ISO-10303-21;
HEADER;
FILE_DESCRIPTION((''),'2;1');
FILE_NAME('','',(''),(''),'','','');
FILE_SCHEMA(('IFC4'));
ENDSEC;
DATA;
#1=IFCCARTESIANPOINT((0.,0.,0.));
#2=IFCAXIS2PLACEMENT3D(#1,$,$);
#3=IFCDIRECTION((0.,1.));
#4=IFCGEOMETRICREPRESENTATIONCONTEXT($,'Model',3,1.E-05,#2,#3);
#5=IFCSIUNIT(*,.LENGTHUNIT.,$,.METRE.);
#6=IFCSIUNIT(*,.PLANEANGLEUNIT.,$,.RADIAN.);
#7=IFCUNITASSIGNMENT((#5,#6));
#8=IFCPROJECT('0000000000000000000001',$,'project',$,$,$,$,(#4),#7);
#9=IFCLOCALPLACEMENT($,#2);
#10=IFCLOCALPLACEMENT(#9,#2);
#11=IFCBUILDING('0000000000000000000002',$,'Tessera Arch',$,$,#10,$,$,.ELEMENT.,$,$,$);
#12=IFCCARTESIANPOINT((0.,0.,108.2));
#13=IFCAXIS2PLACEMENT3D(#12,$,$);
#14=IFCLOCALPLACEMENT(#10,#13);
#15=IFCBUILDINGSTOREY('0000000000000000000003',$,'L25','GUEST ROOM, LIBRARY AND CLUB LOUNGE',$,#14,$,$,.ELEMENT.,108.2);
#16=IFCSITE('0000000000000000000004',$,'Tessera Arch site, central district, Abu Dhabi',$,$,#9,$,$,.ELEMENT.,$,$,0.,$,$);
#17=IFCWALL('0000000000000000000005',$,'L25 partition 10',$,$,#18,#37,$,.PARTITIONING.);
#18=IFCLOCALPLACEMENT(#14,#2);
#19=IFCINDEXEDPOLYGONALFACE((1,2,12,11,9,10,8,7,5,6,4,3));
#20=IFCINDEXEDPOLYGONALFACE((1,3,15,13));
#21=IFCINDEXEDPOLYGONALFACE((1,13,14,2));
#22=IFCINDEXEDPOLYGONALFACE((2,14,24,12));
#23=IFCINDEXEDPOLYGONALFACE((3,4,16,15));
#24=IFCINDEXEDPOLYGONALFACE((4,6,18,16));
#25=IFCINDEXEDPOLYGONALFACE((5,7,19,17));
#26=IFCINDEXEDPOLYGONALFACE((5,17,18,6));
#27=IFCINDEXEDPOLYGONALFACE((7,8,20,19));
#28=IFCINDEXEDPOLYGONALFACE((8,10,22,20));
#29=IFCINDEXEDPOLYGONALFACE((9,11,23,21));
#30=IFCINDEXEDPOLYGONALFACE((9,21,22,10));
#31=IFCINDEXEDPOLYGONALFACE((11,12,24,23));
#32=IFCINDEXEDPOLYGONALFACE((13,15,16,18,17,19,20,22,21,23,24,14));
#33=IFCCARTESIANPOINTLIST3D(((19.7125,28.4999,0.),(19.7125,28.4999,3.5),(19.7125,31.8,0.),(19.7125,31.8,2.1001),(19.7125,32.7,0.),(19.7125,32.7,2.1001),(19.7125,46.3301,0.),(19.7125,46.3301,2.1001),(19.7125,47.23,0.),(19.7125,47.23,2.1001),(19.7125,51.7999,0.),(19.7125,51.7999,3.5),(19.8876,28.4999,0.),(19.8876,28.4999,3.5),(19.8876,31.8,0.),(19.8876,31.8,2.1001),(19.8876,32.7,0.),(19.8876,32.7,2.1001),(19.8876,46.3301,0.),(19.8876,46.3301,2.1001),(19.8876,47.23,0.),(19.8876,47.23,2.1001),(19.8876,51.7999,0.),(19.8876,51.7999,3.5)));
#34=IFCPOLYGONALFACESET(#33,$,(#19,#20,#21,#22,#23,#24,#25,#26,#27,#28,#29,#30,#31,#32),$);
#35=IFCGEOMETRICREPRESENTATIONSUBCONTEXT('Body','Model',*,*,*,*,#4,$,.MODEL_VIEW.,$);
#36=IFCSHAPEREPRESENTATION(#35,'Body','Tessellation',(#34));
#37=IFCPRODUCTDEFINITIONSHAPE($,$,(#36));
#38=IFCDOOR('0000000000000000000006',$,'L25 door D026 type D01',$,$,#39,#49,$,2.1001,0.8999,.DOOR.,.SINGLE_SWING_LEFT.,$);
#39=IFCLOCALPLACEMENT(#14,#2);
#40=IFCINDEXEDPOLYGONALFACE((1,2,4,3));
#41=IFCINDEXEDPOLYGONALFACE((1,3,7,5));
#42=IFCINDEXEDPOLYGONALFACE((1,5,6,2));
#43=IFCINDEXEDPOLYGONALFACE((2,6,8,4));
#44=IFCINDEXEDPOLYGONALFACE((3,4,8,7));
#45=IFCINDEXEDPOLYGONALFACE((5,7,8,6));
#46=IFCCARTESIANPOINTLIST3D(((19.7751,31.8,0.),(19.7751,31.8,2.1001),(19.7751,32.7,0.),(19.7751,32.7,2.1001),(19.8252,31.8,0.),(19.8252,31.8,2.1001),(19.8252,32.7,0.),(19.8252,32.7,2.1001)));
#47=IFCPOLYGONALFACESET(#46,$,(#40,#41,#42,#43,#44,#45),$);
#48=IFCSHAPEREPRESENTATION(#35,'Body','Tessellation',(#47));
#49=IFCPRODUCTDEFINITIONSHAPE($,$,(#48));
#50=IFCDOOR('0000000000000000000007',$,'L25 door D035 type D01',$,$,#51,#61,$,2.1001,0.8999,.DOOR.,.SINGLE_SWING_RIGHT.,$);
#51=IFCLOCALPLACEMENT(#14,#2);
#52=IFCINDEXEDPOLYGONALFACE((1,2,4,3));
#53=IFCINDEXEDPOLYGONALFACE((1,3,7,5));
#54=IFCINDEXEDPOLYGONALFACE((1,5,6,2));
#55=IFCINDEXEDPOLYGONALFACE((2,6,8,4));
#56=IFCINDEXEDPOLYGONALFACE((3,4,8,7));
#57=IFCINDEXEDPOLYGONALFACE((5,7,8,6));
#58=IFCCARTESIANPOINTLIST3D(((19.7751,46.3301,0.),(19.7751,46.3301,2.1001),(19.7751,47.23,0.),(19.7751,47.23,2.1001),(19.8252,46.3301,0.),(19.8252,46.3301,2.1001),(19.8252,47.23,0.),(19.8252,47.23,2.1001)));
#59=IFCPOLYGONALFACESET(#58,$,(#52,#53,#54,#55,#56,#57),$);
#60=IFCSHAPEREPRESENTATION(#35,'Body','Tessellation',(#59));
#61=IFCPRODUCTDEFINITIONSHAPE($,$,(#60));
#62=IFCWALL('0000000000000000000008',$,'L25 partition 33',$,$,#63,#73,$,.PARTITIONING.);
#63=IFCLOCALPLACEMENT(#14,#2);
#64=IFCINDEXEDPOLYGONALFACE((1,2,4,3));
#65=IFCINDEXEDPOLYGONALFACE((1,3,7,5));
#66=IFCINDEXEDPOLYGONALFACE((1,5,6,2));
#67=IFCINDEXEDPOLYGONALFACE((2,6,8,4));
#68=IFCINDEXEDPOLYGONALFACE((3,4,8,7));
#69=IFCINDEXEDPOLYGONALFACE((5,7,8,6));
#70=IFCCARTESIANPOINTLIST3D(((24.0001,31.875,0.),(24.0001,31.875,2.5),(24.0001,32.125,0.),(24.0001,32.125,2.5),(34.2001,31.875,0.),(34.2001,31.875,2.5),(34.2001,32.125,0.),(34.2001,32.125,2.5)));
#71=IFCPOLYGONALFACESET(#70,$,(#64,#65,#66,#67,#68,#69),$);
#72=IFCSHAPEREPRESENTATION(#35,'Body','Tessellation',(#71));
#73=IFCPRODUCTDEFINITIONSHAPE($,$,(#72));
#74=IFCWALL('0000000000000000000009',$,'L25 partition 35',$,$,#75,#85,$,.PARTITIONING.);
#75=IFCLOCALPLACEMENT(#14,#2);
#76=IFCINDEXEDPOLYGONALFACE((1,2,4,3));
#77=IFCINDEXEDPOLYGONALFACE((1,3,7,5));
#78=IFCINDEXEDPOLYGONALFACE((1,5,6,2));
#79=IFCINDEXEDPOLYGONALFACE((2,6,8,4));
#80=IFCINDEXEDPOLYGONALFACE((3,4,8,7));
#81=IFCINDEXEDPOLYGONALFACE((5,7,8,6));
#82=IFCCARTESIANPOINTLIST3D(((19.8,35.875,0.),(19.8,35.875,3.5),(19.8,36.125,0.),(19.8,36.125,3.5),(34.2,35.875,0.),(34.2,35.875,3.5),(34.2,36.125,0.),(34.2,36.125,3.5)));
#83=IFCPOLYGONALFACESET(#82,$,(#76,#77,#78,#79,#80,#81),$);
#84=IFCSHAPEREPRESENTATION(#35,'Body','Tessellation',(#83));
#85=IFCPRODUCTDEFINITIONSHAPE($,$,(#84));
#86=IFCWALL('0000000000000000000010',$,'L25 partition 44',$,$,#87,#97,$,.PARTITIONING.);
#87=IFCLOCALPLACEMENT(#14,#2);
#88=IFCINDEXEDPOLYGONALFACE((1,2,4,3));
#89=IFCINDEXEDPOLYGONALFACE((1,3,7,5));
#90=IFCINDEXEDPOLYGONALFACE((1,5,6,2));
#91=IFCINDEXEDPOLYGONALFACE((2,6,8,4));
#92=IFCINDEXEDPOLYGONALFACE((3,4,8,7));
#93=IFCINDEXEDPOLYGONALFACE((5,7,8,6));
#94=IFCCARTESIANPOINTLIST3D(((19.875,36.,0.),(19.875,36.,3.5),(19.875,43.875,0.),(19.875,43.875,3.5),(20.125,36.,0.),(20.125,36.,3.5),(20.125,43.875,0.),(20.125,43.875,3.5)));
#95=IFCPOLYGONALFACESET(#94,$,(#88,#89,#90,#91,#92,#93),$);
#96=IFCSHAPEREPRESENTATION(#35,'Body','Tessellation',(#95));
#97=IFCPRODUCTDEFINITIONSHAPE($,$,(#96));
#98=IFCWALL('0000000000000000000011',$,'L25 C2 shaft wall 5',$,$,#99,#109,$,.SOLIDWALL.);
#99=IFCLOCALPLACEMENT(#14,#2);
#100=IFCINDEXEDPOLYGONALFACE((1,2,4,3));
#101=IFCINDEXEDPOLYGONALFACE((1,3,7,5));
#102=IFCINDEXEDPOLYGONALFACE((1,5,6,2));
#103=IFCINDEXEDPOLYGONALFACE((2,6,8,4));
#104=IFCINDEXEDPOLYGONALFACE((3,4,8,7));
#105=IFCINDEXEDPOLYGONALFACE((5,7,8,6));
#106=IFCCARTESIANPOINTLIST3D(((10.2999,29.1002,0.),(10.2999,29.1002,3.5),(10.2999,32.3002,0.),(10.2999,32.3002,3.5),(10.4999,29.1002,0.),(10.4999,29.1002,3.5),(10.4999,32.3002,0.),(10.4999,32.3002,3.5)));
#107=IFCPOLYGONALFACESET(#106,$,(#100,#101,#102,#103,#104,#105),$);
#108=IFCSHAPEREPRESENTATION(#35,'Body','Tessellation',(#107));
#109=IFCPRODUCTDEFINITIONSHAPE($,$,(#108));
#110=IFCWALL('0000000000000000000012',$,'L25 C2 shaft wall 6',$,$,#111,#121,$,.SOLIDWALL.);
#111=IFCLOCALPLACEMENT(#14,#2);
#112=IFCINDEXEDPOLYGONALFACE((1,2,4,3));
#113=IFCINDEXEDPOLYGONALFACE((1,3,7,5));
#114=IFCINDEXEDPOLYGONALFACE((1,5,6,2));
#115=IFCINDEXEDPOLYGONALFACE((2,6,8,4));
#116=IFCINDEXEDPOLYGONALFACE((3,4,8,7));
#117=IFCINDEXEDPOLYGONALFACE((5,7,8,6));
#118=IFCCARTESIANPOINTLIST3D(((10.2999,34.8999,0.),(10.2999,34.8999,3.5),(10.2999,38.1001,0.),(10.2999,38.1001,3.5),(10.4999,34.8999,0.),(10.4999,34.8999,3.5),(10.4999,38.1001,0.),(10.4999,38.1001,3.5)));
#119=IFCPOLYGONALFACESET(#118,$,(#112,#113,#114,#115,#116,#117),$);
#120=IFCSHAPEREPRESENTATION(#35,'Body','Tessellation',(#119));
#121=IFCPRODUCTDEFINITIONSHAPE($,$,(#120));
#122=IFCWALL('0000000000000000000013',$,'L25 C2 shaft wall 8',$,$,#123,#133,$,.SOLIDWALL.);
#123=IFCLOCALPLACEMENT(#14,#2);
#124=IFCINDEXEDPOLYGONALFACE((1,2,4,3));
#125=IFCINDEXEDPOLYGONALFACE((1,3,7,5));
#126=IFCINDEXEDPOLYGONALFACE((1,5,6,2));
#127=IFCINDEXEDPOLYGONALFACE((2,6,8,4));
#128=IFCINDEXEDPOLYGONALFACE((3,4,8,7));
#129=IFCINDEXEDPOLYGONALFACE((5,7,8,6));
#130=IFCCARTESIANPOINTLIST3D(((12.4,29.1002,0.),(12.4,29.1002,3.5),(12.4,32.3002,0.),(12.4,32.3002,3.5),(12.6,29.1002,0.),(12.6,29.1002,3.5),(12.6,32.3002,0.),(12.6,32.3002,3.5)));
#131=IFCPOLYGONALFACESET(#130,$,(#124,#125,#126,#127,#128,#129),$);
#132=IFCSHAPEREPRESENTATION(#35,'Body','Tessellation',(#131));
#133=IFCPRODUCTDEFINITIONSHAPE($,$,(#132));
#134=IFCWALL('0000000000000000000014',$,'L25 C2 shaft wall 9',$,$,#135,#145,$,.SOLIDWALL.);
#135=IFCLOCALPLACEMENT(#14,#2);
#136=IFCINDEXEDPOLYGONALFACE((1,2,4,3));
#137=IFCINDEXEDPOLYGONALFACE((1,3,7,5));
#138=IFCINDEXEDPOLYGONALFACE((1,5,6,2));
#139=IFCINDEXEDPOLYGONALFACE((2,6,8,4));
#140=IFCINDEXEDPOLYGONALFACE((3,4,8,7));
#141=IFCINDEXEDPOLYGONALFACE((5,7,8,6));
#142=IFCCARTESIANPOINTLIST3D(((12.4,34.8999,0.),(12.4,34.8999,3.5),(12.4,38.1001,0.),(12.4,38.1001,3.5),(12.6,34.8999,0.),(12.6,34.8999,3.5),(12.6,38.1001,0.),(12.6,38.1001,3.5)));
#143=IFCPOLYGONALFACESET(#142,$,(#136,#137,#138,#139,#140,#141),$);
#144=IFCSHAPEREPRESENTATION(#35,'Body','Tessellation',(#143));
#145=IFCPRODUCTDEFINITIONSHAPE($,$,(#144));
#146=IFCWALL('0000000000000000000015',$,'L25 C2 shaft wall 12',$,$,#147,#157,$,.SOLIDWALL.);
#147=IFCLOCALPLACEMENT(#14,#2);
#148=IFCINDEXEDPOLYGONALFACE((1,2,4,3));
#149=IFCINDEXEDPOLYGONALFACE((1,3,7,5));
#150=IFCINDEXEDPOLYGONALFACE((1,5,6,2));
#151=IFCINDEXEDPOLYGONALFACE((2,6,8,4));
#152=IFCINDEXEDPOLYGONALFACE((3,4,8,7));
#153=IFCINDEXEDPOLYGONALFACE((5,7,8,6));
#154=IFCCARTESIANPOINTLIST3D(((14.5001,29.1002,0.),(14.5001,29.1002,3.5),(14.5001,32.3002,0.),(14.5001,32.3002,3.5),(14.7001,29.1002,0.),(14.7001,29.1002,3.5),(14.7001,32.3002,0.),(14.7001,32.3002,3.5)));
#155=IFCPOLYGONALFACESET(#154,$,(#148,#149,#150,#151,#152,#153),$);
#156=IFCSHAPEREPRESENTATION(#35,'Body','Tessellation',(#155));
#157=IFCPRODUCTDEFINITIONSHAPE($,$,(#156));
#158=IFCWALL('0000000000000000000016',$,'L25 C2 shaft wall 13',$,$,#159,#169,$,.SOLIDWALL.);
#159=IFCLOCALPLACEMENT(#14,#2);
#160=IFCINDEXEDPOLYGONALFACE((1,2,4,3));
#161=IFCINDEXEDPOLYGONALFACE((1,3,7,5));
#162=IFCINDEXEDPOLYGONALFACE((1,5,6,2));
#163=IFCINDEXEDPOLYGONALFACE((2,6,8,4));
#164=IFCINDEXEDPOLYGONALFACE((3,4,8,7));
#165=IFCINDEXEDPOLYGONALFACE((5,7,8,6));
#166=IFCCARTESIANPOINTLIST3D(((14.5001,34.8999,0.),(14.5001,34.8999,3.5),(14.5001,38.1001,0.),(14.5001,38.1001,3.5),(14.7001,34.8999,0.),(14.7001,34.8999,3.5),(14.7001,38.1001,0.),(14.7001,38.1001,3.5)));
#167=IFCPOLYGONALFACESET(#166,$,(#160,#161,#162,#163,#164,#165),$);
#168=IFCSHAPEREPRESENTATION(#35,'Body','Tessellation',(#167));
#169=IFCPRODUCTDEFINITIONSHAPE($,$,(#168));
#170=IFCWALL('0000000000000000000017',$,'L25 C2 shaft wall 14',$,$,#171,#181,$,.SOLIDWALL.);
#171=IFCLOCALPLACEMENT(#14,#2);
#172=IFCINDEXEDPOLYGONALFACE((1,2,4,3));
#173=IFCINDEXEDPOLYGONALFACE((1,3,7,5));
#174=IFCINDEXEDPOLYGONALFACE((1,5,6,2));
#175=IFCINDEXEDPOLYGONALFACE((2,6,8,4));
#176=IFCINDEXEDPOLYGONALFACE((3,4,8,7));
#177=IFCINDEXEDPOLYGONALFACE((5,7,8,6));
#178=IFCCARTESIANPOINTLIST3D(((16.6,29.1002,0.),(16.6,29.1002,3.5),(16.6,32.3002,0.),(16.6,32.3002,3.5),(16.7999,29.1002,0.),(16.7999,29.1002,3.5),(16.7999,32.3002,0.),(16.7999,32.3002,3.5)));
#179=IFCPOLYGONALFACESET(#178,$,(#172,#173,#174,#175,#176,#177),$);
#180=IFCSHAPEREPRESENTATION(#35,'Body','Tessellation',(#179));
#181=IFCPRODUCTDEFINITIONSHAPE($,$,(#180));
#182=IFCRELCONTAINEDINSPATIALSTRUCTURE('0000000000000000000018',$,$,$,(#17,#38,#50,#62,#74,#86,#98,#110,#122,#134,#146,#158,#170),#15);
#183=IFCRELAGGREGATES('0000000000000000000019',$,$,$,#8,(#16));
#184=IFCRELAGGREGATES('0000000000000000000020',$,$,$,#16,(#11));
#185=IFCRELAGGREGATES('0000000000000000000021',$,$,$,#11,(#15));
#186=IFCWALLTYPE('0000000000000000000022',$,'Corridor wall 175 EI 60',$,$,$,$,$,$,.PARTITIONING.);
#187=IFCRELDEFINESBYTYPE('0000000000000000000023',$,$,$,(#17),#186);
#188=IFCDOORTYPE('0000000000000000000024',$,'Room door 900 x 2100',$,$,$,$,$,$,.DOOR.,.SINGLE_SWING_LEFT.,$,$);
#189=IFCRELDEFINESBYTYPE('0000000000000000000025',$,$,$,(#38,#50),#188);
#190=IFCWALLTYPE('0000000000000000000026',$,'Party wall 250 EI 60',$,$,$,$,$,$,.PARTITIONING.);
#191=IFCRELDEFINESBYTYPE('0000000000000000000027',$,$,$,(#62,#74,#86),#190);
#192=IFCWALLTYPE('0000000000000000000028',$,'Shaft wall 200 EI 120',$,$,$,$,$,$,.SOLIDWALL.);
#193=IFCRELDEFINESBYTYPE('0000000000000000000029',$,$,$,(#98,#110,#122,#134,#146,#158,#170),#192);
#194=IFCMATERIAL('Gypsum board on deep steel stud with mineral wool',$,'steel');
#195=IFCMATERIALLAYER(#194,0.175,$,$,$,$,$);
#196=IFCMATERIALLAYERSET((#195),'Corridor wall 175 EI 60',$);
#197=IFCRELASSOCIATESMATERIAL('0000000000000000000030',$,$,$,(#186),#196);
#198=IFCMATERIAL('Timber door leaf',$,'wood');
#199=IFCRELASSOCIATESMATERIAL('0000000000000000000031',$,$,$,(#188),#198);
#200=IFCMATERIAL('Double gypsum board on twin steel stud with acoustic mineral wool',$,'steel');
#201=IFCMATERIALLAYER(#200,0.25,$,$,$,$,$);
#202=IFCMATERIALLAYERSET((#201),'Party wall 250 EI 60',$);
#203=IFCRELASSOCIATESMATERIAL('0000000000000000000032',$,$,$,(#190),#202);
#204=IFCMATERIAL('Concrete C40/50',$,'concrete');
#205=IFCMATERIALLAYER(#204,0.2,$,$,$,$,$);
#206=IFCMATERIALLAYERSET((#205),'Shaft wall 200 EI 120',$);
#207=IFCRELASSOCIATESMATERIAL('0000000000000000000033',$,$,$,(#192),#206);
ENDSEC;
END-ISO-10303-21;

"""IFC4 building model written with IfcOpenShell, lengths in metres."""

from ifc_helpers import new_model, si_unit, direction, frame, frame_2d, origin, place, context, subcontext, project, spatial, rectangle, extrude, material, layer, layer_set, type_object, element, fill, save


model = new_model("IFC4")

# Units and contexts
model_context = context("Model", 3, precision=1e-05, world=origin(), true_north=direction((0.0, 1.0)))
body_context = subcontext(model_context, "Body", "Model", "MODEL_VIEW")
ifc_project = project(units=[si_unit("LENGTHUNIT", "METRE"), si_unit("PLANEANGLEUNIT", "RADIAN")], contexts=[model_context])

# Site, building, storey
site_placement = place(None, origin())
site = spatial("IfcSite", under=ifc_project, at=site_placement, Name="Tessera Arch site, central district, Abu Dhabi", CompositionType="ELEMENT", RefElevation=0.0)
building_placement = place(site_placement, origin())
building = spatial("IfcBuilding", under=site, at=building_placement, Name="Tessera Arch", CompositionType="ELEMENT")
storey_placement = place(building_placement, frame((0.0, 0.0, 108.2)))
storey = spatial("IfcBuildingStorey", under=building, at=storey_placement, Name="L25", Description="GUEST ROOM, LIBRARY AND CLUB LOUNGE", CompositionType="ELEMENT", Elevation=108.2)

# Shared definitions
ifc_material_1 = material(Name="Gypsum board on deep steel stud with mineral wool", Category="steel")
ifc_layer_1 = layer(ifc_material_1, 0.175)
ifc_layer_set_1 = layer_set([ifc_layer_1], Name="Corridor wall 175 EI 60")
wall_type_1 = type_object("IfcWallType", Name="Corridor wall 175 EI 60", PredefinedType="PARTITIONING", material=ifc_layer_set_1)

# Wall, openings, doors
wall_1_placement = place(storey_placement, frame((19.8, 28.5, 0.0), z_axis=(0.0, 0.0, 1.0), x_axis=(0.0, 1.0, 0.0)))
wall_1 = element("IfcWall", 1, at=wall_1_placement, inside=storey, type_object=wall_type_1, Name="L25 partition 10", PredefinedType="PARTITIONING", context=body_context, shape_type="SweptSolid", body=[
    extrude(rectangle(XDim=23.3, YDim=0.175, at=frame_2d((11.6499, 0.0))), origin(), (0.0, 0.0, 1.0), 3.5),
])
opening_1_placement = place(wall_1_placement, frame((3.3, 0.0, 0.0)))
opening_1 = element("IfcOpeningElement", 2, at=opening_1_placement, cuts=wall_1, PredefinedType="OPENING", context=body_context, shape_type="SweptSolid", body=[
    extrude(rectangle(XDim=0.8999, YDim=2.1001, at=frame_2d((0.45, 1.05))), frame((0.0, 0.0974, 0.0), z_axis=(0.0, -1.0, 0.0), x_axis=(1.0, 0.0, 0.0)), (0.0, 0.0, 1.0), 0.1951),
])
opening_2_placement = place(wall_1_placement, frame((17.8301, 0.0, 0.0)))
opening_2 = element("IfcOpeningElement", 3, at=opening_2_placement, cuts=wall_1, PredefinedType="OPENING", context=body_context, shape_type="SweptSolid", body=[
    extrude(rectangle(XDim=0.8999, YDim=2.1001, at=frame_2d((0.45, 1.05))), frame((0.0, 0.0974, 0.0), z_axis=(0.0, -1.0, 0.0), x_axis=(1.0, 0.0, 0.0)), (0.0, 0.0, 1.0), 0.1951),
])
ifc_material_2 = material(Name="Timber door leaf", Category="wood")
door_type_1 = type_object("IfcDoorType", Name="Room door 900 x 2100", OperationType="SINGLE_SWING_LEFT", PredefinedType="DOOR", material=ifc_material_2)
door_1_placement = place(opening_1_placement, origin())
door_1 = element("IfcDoor", 4, at=door_1_placement, inside=storey, type_object=door_type_1, Name="L25 door D026 type D01", OperationType="SINGLE_SWING_LEFT", OverallHeight=2.1001, OverallWidth=0.8999, PredefinedType="DOOR", context=body_context, shape_type="SweptSolid", body=[
    extrude(rectangle(XDim=0.8999, YDim=2.1001, at=frame_2d((0.45, 1.05))), frame((0.0, 0.0249, 0.0), z_axis=(0.0, -1.0, 0.0), x_axis=(1.0, 0.0, 0.0)), (0.0, 0.0, 1.0), 0.05),
])
fill(opening_1, door_1)
door_2_placement = place(opening_2_placement, origin())
door_2 = element("IfcDoor", 5, at=door_2_placement, inside=storey, type_object=door_type_1, Name="L25 door D035 type D01", OperationType="SINGLE_SWING_RIGHT", OverallHeight=2.1001, OverallWidth=0.8999, PredefinedType="DOOR", context=body_context, shape_type="SweptSolid", body=[
    extrude(rectangle(XDim=0.8999, YDim=2.1001, at=frame_2d((0.45, 1.05))), frame((0.0, 0.0249, 0.0), z_axis=(0.0, -1.0, 0.0), x_axis=(1.0, 0.0, 0.0)), (0.0, 0.0, 1.0), 0.05),
])
fill(opening_2, door_2)

# Walls
ifc_material_3 = material(Name="Double gypsum board on twin steel stud with acoustic mineral wool", Category="steel")
ifc_layer_2 = layer(ifc_material_3, 0.25)
ifc_layer_set_2 = layer_set([ifc_layer_2], Name="Party wall 250 EI 60")
wall_type_2 = type_object("IfcWallType", Name="Party wall 250 EI 60", PredefinedType="PARTITIONING", material=ifc_layer_set_2)
wall_2_placement = place(storey_placement, frame((24.0, 32.0, 0.0), z_axis=(0.0, 0.0, 1.0), x_axis=(1.0, 0.0, 0.0)))
element("IfcWall", 6, at=wall_2_placement, inside=storey, type_object=wall_type_2, Name="L25 partition 33", PredefinedType="PARTITIONING", context=body_context, shape_type="SweptSolid", body=[
    extrude(rectangle(XDim=10.2, YDim=0.25, at=frame_2d((5.1001, 0.0))), origin(), (0.0, 0.0, 1.0), 2.5),
])
wall_3_placement = place(storey_placement, frame((19.8, 36.0, 0.0), z_axis=(0.0, 0.0, 1.0), x_axis=(1.0, 0.0, 0.0)))
element("IfcWall", 7, at=wall_3_placement, inside=storey, type_object=wall_type_2, Name="L25 partition 35", PredefinedType="PARTITIONING", context=body_context, shape_type="SweptSolid", body=[
    extrude(rectangle(XDim=14.3999, YDim=0.25, at=frame_2d((7.2, 0.0))), origin(), (0.0, 0.0, 1.0), 3.5),
])
wall_4_placement = place(storey_placement, frame((20.0, 36.0, 0.0), z_axis=(0.0, 0.0, 1.0), x_axis=(0.0, 1.0, 0.0)))
element("IfcWall", 8, at=wall_4_placement, inside=storey, type_object=wall_type_2, Name="L25 partition 44", PredefinedType="PARTITIONING", context=body_context, shape_type="SweptSolid", body=[
    extrude(rectangle(XDim=7.875, YDim=0.25, at=frame_2d((3.9375, 0.0))), origin(), (0.0, 0.0, 1.0), 3.5),
])
ifc_material_4 = material(Name="Concrete C40/50", Category="concrete")
ifc_layer_3 = layer(ifc_material_4, 0.2)
ifc_layer_set_3 = layer_set([ifc_layer_3], Name="Shaft wall 200 EI 120")
wall_type_3 = type_object("IfcWallType", Name="Shaft wall 200 EI 120", PredefinedType="SOLIDWALL", material=ifc_layer_set_3)
wall_5_placement = place(storey_placement, frame((10.3999, 29.1001, 0.0), z_axis=(0.0, 0.0, 1.0), x_axis=(0.0, 1.0, 0.0)))
element("IfcWall", 9, at=wall_5_placement, inside=storey, type_object=wall_type_3, Name="L25 C2 shaft wall 5", PredefinedType="SOLIDWALL", context=body_context, shape_type="SweptSolid", body=[
    extrude(rectangle(XDim=3.2, YDim=0.2, at=frame_2d((1.6001, 0.0))), origin(), (0.0, 0.0, 1.0), 3.5),
])
wall_6_placement = place(storey_placement, frame((10.3999, 34.8999, 0.0), z_axis=(0.0, 0.0, 1.0), x_axis=(0.0, 1.0, 0.0)))
element("IfcWall", 10, at=wall_6_placement, inside=storey, type_object=wall_type_3, Name="L25 C2 shaft wall 6", PredefinedType="SOLIDWALL", context=body_context, shape_type="SweptSolid", body=[
    extrude(rectangle(XDim=3.2002, YDim=0.2, at=frame_2d((1.6001, 0.0))), origin(), (0.0, 0.0, 1.0), 3.5),
])
wall_7_placement = place(storey_placement, frame((12.5, 29.1001, 0.0), z_axis=(0.0, 0.0, 1.0), x_axis=(0.0, 1.0, 0.0)))
element("IfcWall", 11, at=wall_7_placement, inside=storey, type_object=wall_type_3, Name="L25 C2 shaft wall 8", PredefinedType="SOLIDWALL", context=body_context, shape_type="SweptSolid", body=[
    extrude(rectangle(XDim=3.2, YDim=0.2, at=frame_2d((1.6001, 0.0))), origin(), (0.0, 0.0, 1.0), 3.5),
])
wall_8_placement = place(storey_placement, frame((12.5, 34.8999, 0.0), z_axis=(0.0, 0.0, 1.0), x_axis=(0.0, 1.0, 0.0)))
element("IfcWall", 12, at=wall_8_placement, inside=storey, type_object=wall_type_3, Name="L25 C2 shaft wall 9", PredefinedType="SOLIDWALL", context=body_context, shape_type="SweptSolid", body=[
    extrude(rectangle(XDim=3.2002, YDim=0.2, at=frame_2d((1.6001, 0.0))), origin(), (0.0, 0.0, 1.0), 3.5),
])
wall_9_placement = place(storey_placement, frame((14.6001, 29.1001, 0.0), z_axis=(0.0, 0.0, 1.0), x_axis=(0.0, 1.0, 0.0)))
element("IfcWall", 13, at=wall_9_placement, inside=storey, type_object=wall_type_3, Name="L25 C2 shaft wall 12", PredefinedType="SOLIDWALL", context=body_context, shape_type="SweptSolid", body=[
    extrude(rectangle(XDim=3.2, YDim=0.2, at=frame_2d((1.6001, 0.0))), origin(), (0.0, 0.0, 1.0), 3.5),
])
wall_10_placement = place(storey_placement, frame((14.6001, 34.8999, 0.0), z_axis=(0.0, 0.0, 1.0), x_axis=(0.0, 1.0, 0.0)))
element("IfcWall", 14, at=wall_10_placement, inside=storey, type_object=wall_type_3, Name="L25 C2 shaft wall 13", PredefinedType="SOLIDWALL", context=body_context, shape_type="SweptSolid", body=[
    extrude(rectangle(XDim=3.2002, YDim=0.2, at=frame_2d((1.6001, 0.0))), origin(), (0.0, 0.0, 1.0), 3.5),
])
wall_11_placement = place(storey_placement, frame((16.7, 29.1001, 0.0), z_axis=(0.0, 0.0, 1.0), x_axis=(0.0, 1.0, 0.0)))
element("IfcWall", 15, at=wall_11_placement, inside=storey, type_object=wall_type_3, Name="L25 C2 shaft wall 14", PredefinedType="SOLIDWALL", context=body_context, shape_type="SweptSolid", body=[
    extrude(rectangle(XDim=3.2, YDim=0.2, at=frame_2d((1.6001, 0.0))), origin(), (0.0, 0.0, 1.0), 3.5),
])

save(model, "model.ifc")
